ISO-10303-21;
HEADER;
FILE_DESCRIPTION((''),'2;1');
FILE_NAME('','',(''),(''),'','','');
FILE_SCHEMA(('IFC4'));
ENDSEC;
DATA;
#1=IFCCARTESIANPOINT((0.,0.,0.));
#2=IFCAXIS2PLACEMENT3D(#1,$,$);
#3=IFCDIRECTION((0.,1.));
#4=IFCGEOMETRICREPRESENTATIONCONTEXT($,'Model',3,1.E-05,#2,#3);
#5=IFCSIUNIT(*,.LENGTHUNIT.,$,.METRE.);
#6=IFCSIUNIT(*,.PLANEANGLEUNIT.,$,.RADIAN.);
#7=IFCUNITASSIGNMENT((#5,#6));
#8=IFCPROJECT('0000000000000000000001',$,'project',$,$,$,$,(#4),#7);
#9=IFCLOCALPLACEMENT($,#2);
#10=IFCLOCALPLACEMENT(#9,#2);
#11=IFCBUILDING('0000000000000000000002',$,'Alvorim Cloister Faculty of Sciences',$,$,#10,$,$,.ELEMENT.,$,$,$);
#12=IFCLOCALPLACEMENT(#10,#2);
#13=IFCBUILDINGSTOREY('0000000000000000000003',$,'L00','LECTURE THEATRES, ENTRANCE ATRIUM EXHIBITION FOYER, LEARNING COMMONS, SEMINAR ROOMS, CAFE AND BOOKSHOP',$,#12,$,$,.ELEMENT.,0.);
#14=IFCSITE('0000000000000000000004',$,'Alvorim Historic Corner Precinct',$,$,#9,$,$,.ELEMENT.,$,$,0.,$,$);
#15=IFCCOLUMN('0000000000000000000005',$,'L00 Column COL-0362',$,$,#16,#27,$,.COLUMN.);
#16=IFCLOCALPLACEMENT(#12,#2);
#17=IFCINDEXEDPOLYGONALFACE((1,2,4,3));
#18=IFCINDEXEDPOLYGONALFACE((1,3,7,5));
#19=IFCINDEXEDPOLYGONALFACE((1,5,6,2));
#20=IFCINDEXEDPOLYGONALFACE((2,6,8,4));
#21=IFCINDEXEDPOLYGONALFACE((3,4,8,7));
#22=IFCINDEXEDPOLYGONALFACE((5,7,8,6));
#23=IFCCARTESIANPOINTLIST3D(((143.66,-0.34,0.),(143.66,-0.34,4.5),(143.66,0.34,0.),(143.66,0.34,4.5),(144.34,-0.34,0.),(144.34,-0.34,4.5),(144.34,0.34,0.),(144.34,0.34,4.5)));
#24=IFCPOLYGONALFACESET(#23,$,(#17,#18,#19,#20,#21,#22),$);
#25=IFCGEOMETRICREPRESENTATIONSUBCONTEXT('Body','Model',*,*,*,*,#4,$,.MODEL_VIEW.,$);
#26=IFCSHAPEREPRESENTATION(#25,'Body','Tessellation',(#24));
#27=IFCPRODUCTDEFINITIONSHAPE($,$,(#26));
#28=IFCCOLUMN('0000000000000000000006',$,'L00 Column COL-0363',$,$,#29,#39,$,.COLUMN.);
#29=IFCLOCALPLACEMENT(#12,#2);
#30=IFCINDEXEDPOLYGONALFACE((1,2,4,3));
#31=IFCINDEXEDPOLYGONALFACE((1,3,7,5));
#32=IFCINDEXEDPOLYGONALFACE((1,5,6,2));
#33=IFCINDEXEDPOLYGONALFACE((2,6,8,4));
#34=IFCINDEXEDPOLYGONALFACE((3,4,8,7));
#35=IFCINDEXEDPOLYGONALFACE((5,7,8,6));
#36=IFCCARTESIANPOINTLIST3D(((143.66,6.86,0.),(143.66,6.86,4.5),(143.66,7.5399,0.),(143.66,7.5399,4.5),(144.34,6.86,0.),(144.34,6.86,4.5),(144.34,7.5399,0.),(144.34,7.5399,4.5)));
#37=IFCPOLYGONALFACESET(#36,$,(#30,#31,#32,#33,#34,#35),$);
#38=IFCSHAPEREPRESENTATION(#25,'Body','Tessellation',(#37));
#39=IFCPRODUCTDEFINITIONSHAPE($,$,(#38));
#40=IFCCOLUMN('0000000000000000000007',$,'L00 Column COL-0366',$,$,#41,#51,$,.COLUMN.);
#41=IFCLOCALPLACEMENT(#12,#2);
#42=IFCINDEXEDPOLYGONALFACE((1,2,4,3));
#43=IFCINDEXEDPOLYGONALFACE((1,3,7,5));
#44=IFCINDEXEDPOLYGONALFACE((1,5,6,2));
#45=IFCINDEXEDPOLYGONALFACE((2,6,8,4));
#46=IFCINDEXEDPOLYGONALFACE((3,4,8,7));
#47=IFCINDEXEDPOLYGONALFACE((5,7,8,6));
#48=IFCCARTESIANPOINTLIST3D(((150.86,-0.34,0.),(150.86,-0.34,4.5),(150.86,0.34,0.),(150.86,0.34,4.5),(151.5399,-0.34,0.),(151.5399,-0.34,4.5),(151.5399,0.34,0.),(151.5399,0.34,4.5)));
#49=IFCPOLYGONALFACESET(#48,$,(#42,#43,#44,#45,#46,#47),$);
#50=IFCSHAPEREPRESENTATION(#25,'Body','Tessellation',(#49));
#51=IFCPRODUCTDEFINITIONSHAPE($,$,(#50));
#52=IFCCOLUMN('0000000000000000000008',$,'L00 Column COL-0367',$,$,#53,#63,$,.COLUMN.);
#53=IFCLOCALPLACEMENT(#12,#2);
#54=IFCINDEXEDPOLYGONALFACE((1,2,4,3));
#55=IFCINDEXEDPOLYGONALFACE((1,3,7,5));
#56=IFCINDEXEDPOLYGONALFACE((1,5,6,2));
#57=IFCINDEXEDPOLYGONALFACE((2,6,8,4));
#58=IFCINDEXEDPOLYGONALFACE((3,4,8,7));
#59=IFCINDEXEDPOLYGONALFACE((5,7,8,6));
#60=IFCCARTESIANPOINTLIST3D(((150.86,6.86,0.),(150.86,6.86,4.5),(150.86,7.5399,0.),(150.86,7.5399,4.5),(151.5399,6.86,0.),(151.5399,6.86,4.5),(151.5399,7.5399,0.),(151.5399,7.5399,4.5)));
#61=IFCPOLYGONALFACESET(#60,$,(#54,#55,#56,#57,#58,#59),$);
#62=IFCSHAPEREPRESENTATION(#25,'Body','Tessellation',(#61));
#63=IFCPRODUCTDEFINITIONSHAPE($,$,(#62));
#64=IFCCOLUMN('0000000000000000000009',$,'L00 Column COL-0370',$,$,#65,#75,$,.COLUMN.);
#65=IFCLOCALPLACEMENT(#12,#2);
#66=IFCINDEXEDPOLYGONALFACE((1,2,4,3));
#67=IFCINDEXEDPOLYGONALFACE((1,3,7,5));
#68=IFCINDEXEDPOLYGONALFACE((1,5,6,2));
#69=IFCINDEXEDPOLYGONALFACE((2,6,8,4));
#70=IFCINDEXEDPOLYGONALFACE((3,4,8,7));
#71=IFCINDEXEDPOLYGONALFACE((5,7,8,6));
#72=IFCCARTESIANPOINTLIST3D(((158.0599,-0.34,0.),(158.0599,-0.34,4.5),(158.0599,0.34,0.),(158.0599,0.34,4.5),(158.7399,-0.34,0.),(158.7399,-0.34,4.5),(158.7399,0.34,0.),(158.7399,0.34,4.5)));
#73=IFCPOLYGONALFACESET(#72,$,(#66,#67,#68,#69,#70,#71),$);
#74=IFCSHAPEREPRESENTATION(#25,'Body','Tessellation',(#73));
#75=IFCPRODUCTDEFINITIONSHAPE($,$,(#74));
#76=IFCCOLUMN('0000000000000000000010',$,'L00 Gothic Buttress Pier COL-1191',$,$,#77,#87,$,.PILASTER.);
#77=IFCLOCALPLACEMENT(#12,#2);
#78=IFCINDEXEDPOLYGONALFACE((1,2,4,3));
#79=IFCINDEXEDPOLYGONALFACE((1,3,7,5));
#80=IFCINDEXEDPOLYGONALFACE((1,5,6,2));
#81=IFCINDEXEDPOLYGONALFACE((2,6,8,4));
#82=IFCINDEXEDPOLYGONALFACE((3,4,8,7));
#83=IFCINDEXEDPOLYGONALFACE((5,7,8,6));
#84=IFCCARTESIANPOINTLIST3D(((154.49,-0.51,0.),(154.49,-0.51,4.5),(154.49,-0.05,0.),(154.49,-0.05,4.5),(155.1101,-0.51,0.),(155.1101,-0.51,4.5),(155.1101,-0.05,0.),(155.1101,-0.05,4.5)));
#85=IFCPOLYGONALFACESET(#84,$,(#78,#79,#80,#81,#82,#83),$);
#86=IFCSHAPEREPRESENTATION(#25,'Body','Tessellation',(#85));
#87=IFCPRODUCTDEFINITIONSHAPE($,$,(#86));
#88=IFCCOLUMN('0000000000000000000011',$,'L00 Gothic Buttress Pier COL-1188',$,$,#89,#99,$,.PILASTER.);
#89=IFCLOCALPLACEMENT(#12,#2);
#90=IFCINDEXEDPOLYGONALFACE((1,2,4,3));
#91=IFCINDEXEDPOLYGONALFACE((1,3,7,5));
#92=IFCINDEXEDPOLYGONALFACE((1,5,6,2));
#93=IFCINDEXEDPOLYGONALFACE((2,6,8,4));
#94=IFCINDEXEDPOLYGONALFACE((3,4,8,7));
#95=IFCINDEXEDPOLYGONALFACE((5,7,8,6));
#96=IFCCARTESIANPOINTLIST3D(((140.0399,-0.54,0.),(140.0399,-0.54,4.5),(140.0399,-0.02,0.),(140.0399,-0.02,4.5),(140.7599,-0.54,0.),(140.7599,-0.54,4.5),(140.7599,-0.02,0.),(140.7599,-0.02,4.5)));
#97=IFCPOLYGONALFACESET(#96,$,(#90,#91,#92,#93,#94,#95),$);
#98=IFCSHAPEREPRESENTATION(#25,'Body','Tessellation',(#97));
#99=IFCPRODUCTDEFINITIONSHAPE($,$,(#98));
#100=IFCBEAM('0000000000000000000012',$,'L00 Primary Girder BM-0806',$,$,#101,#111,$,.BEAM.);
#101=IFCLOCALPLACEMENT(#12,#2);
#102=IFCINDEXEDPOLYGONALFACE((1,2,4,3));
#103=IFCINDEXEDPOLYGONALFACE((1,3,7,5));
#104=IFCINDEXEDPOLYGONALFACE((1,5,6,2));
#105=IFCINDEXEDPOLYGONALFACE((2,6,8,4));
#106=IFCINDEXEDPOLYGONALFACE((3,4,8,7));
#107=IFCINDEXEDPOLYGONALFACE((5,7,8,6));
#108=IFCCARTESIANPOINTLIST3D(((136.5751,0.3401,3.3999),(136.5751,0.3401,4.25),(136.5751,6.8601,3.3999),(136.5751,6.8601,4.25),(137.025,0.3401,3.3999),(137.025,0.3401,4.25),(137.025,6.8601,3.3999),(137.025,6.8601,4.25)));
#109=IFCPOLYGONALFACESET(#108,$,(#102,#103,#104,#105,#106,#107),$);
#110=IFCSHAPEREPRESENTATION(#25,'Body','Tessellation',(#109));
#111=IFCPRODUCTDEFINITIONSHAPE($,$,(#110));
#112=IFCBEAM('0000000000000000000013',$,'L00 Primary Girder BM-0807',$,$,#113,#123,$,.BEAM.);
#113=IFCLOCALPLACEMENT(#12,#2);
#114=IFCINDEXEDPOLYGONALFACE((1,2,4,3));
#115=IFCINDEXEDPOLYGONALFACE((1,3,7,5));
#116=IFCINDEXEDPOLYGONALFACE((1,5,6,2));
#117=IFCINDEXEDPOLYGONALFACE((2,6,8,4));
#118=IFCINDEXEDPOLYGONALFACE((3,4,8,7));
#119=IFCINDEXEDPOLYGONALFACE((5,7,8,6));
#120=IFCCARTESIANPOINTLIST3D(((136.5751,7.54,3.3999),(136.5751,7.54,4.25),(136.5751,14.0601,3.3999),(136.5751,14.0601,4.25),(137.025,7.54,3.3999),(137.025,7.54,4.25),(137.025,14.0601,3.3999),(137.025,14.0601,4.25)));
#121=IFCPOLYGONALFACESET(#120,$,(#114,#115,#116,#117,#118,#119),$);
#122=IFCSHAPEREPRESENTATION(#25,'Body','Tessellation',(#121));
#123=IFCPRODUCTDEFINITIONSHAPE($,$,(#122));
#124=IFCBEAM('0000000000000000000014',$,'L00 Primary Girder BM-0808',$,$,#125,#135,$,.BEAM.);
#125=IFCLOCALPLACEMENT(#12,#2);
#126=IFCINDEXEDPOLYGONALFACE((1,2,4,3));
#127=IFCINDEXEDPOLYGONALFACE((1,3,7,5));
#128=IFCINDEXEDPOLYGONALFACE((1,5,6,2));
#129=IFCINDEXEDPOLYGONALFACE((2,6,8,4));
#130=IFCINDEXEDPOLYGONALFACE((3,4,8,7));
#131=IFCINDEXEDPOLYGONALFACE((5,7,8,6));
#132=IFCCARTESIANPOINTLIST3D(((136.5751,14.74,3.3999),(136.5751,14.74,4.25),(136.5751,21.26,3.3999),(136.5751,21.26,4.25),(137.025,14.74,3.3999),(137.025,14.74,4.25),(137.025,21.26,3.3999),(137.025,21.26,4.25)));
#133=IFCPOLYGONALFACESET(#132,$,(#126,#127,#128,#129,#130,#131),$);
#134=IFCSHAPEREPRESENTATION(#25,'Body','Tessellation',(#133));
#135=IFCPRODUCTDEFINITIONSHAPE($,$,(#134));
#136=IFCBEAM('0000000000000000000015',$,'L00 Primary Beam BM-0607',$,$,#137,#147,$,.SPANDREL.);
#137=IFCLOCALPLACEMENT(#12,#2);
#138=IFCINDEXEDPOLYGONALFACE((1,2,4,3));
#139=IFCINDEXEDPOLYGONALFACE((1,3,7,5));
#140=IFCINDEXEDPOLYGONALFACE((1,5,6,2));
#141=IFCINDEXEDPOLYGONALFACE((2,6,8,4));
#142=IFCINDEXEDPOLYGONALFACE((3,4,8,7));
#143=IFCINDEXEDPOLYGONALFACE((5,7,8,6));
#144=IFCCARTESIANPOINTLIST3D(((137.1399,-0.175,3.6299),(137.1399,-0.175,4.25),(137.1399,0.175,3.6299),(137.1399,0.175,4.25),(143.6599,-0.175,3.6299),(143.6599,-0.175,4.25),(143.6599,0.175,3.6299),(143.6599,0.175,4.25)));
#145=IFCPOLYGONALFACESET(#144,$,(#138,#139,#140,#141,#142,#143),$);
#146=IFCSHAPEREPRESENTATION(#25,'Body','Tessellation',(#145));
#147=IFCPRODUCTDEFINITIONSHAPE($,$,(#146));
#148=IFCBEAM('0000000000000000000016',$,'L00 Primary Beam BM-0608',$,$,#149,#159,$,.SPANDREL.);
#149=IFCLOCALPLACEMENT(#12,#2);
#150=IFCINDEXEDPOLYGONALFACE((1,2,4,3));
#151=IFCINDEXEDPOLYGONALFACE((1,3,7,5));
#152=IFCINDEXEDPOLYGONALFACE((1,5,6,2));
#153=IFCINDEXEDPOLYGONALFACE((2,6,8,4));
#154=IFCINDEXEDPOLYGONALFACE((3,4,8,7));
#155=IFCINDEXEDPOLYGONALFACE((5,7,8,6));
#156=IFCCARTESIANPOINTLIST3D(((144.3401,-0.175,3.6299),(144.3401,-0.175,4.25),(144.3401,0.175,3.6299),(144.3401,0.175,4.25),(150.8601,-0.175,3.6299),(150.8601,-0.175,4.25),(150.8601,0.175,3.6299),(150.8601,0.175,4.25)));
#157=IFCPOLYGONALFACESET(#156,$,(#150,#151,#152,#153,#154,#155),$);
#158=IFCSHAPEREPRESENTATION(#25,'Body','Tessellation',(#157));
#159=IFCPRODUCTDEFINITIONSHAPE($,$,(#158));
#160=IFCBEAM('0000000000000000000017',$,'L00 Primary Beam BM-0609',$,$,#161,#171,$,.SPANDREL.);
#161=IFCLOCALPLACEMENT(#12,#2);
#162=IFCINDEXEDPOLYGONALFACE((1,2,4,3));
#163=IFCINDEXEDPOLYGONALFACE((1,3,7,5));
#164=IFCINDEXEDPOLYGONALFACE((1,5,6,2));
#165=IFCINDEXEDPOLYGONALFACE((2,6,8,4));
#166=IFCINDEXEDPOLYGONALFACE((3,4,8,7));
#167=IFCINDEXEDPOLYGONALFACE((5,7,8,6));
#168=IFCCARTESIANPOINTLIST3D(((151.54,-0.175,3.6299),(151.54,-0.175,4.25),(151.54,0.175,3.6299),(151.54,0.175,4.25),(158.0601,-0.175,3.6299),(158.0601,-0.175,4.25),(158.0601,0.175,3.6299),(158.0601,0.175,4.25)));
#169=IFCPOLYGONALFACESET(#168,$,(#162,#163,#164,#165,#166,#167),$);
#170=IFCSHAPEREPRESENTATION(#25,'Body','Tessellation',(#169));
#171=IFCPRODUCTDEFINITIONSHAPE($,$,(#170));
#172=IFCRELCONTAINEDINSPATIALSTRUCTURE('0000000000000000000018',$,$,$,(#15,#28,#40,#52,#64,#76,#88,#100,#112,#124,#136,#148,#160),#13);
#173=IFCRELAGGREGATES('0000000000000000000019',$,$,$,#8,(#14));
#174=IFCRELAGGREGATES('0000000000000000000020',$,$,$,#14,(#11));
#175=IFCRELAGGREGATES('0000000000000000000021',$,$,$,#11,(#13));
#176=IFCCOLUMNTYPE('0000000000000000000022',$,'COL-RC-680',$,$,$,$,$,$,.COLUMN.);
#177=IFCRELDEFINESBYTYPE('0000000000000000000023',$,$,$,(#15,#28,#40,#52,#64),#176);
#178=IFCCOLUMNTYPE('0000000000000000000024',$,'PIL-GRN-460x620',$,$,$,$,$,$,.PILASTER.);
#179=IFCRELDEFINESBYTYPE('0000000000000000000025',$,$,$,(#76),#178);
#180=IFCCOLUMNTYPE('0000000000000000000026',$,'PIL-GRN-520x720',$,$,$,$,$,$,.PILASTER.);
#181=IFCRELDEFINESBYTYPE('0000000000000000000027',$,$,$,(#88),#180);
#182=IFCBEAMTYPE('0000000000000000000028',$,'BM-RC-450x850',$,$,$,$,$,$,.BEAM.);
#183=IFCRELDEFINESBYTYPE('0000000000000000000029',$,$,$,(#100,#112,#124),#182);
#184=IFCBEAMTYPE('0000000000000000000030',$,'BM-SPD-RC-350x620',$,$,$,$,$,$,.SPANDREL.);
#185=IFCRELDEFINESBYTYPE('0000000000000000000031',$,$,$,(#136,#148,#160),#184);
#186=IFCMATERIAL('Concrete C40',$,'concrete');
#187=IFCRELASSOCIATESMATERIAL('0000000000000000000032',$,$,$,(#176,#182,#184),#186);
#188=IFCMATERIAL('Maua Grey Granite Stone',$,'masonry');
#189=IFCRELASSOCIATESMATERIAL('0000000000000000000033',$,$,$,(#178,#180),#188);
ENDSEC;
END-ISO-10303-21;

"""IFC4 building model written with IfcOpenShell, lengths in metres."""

from ifc_helpers import new_model, si_unit, direction, frame, origin, origin_2d, place, context, subcontext, project, spatial, rectangle, extrude, material, material_profile, profile_set, type_object, element, save


model = new_model("IFC4")

# Units and contexts
model_context = context("Model", 3, precision=1e-05, world=origin(), true_north=direction((0.0, 1.0)))
body_context = subcontext(model_context, "Body", "Model", "MODEL_VIEW")
ifc_project = project(units=[si_unit("LENGTHUNIT", "METRE"), si_unit("PLANEANGLEUNIT", "RADIAN")], contexts=[model_context])

# Site, building, storey
site_placement = place(None, origin())
site = spatial("IfcSite", under=ifc_project, at=site_placement, Name="Alvorim Historic Corner Precinct", CompositionType="ELEMENT", RefElevation=0.0)
building_placement = place(site_placement, origin())
building = spatial("IfcBuilding", under=site, at=building_placement, Name="Alvorim Cloister Faculty of Sciences", CompositionType="ELEMENT")
storey_placement = place(building_placement, origin())
storey = spatial("IfcBuildingStorey", under=building, at=storey_placement, Name="L00", Description="LECTURE THEATRES, ENTRANCE ATRIUM EXHIBITION FOYER, LEARNING COMMONS, SEMINAR ROOMS, CAFE AND BOOKSHOP", CompositionType="ELEMENT", Elevation=0.0)

# Columns
ifc_material_1 = material(Name="Concrete C40", Category="concrete")
ifc_material_profile_1 = material_profile(ifc_material_1, rectangle(XDim=0.6799, YDim=0.6799, at=origin_2d()), Name="RC40-COL-680x680")
ifc_profile_set_1 = profile_set([ifc_material_profile_1], Name="Concrete C40")
column_type_1 = type_object("IfcColumnType", Name="COL-RC-680", PredefinedType="COLUMN", material=ifc_profile_set_1)
for number, where, z_axis, x_axis, name in (
    (1, (144.0, 0.0, 0.0), (0.0, 0.0, 1.0), (1.0, 0.0, 0.0), "L00 Column COL-0362"),
    (2, (144.0, 7.2, 0.0), (0.0, 0.0, 1.0), (1.0, 0.0, 0.0), "L00 Column COL-0363"),
    (3, (151.2, 0.0, 0.0), (0.0, 0.0, 1.0), (1.0, 0.0, 0.0), "L00 Column COL-0366"),
    (4, (151.2, 7.2, 0.0), (0.0, 0.0, 1.0), (1.0, 0.0, 0.0), "L00 Column COL-0367"),
    (5, (158.3999, 0.0, 0.0), (0.0, 0.0, 1.0), (1.0, 0.0, 0.0), "L00 Column COL-0370"),
):
    element("IfcColumn", number, at=place(storey_placement, frame(where, z_axis=z_axis, x_axis=x_axis)), inside=storey, type_object=column_type_1, Name=name, PredefinedType="COLUMN", context=body_context, shape_type="SweptSolid", body=[
        extrude(rectangle(XDim=0.6799, YDim=0.6799, at=origin_2d()), origin(), (0.0, 0.0, 1.0), 4.5),
    ])
ifc_material_2 = material(Name="Maua Grey Granite Stone", Category="masonry")
ifc_material_profile_2 = material_profile(ifc_material_2, rectangle(XDim=0.46, YDim=0.6201, at=origin_2d()), Name="GRN-PIER-460x620")
ifc_profile_set_2 = profile_set([ifc_material_profile_2], Name="Maua Grey Granite Stone")
column_type_2 = type_object("IfcColumnType", Name="PIL-GRN-460x620", PredefinedType="PILASTER", material=ifc_profile_set_2)
column_1_placement = place(storey_placement, frame((154.8, -0.28, 0.0), z_axis=(0.0, 0.0, 1.0), x_axis=(0.0, 1.0, 0.0)))
element("IfcColumn", 6, at=column_1_placement, inside=storey, type_object=column_type_2, Name="L00 Gothic Buttress Pier COL-1191", PredefinedType="PILASTER", context=body_context, shape_type="SweptSolid", body=[
    extrude(rectangle(XDim=0.46, YDim=0.6201, at=origin_2d()), origin(), (0.0, 0.0, 1.0), 4.5),
])
ifc_material_profile_3 = material_profile(ifc_material_2, rectangle(XDim=0.52, YDim=0.72, at=origin_2d()), Name="GRN-PIER-520x720")
ifc_profile_set_3 = profile_set([ifc_material_profile_3], Name="Maua Grey Granite Stone")
column_type_3 = type_object("IfcColumnType", Name="PIL-GRN-520x720", PredefinedType="PILASTER", material=ifc_profile_set_3)
column_2_placement = place(storey_placement, frame((140.3999, -0.28, 0.0), z_axis=(0.0, 0.0, 1.0), x_axis=(0.0, 1.0, 0.0)))
element("IfcColumn", 7, at=column_2_placement, inside=storey, type_object=column_type_3, Name="L00 Gothic Buttress Pier COL-1188", PredefinedType="PILASTER", context=body_context, shape_type="SweptSolid", body=[
    extrude(rectangle(XDim=0.52, YDim=0.72, at=origin_2d()), origin(), (0.0, 0.0, 1.0), 4.5),
])

# Beams
ifc_material_profile_4 = material_profile(ifc_material_1, rectangle(XDim=0.45, YDim=0.8501, at=origin_2d()), Name="RC40-BM-450x850")
ifc_profile_set_4 = profile_set([ifc_material_profile_4], Name="Concrete C40")
beam_type_1 = type_object("IfcBeamType", Name="BM-RC-450x850", PredefinedType="BEAM", material=ifc_profile_set_4)
for number, where, z_axis, x_axis, name in (
    (8, (136.8, 0.3401, 3.825), (0.0, 1.0, 0.0), (-1.0, 0.0, 0.0), "L00 Primary Girder BM-0806"),
    (9, (136.8, 7.54, 3.825), (0.0, 1.0, 0.0), (-1.0, 0.0, 0.0), "L00 Primary Girder BM-0807"),
    (10, (136.8, 14.74, 3.825), (0.0, 1.0, 0.0), (-1.0, 0.0, 0.0), "L00 Primary Girder BM-0808"),
):
    element("IfcBeam", number, at=place(storey_placement, frame(where, z_axis=z_axis, x_axis=x_axis)), inside=storey, type_object=beam_type_1, Name=name, PredefinedType="BEAM", context=body_context, shape_type="SweptSolid", body=[
        extrude(rectangle(XDim=0.45, YDim=0.8501, at=origin_2d()), origin(), (0.0, 0.0, 1.0), 6.52),
    ])
ifc_material_profile_5 = material_profile(ifc_material_1, rectangle(XDim=0.3501, YDim=0.6201, at=origin_2d()), Name="RC40-SPD-350x620")
ifc_profile_set_5 = profile_set([ifc_material_profile_5], Name="Concrete C40")
beam_type_2 = type_object("IfcBeamType", Name="BM-SPD-RC-350x620", PredefinedType="SPANDREL", material=ifc_profile_set_5)
for number, where, z_axis, x_axis, name in (
    (11, (137.1399, 0.0, 3.9399), (1.0, 0.0, 0.0), (0.0, 1.0, 0.0), "L00 Primary Beam BM-0607"),
    (12, (144.3401, 0.0, 3.9399), (1.0, 0.0, 0.0), (0.0, 1.0, 0.0), "L00 Primary Beam BM-0608"),
    (13, (151.54, 0.0, 3.9399), (1.0, 0.0, 0.0), (0.0, 1.0, 0.0), "L00 Primary Beam BM-0609"),
):
    element("IfcBeam", number, at=place(storey_placement, frame(where, z_axis=z_axis, x_axis=x_axis)), inside=storey, type_object=beam_type_2, Name=name, PredefinedType="SPANDREL", context=body_context, shape_type="SweptSolid", body=[
        extrude(rectangle(XDim=0.3501, YDim=0.6201, at=origin_2d()), origin(), (0.0, 0.0, 1.0), 6.52),
    ])

save(model, "model.ifc")
